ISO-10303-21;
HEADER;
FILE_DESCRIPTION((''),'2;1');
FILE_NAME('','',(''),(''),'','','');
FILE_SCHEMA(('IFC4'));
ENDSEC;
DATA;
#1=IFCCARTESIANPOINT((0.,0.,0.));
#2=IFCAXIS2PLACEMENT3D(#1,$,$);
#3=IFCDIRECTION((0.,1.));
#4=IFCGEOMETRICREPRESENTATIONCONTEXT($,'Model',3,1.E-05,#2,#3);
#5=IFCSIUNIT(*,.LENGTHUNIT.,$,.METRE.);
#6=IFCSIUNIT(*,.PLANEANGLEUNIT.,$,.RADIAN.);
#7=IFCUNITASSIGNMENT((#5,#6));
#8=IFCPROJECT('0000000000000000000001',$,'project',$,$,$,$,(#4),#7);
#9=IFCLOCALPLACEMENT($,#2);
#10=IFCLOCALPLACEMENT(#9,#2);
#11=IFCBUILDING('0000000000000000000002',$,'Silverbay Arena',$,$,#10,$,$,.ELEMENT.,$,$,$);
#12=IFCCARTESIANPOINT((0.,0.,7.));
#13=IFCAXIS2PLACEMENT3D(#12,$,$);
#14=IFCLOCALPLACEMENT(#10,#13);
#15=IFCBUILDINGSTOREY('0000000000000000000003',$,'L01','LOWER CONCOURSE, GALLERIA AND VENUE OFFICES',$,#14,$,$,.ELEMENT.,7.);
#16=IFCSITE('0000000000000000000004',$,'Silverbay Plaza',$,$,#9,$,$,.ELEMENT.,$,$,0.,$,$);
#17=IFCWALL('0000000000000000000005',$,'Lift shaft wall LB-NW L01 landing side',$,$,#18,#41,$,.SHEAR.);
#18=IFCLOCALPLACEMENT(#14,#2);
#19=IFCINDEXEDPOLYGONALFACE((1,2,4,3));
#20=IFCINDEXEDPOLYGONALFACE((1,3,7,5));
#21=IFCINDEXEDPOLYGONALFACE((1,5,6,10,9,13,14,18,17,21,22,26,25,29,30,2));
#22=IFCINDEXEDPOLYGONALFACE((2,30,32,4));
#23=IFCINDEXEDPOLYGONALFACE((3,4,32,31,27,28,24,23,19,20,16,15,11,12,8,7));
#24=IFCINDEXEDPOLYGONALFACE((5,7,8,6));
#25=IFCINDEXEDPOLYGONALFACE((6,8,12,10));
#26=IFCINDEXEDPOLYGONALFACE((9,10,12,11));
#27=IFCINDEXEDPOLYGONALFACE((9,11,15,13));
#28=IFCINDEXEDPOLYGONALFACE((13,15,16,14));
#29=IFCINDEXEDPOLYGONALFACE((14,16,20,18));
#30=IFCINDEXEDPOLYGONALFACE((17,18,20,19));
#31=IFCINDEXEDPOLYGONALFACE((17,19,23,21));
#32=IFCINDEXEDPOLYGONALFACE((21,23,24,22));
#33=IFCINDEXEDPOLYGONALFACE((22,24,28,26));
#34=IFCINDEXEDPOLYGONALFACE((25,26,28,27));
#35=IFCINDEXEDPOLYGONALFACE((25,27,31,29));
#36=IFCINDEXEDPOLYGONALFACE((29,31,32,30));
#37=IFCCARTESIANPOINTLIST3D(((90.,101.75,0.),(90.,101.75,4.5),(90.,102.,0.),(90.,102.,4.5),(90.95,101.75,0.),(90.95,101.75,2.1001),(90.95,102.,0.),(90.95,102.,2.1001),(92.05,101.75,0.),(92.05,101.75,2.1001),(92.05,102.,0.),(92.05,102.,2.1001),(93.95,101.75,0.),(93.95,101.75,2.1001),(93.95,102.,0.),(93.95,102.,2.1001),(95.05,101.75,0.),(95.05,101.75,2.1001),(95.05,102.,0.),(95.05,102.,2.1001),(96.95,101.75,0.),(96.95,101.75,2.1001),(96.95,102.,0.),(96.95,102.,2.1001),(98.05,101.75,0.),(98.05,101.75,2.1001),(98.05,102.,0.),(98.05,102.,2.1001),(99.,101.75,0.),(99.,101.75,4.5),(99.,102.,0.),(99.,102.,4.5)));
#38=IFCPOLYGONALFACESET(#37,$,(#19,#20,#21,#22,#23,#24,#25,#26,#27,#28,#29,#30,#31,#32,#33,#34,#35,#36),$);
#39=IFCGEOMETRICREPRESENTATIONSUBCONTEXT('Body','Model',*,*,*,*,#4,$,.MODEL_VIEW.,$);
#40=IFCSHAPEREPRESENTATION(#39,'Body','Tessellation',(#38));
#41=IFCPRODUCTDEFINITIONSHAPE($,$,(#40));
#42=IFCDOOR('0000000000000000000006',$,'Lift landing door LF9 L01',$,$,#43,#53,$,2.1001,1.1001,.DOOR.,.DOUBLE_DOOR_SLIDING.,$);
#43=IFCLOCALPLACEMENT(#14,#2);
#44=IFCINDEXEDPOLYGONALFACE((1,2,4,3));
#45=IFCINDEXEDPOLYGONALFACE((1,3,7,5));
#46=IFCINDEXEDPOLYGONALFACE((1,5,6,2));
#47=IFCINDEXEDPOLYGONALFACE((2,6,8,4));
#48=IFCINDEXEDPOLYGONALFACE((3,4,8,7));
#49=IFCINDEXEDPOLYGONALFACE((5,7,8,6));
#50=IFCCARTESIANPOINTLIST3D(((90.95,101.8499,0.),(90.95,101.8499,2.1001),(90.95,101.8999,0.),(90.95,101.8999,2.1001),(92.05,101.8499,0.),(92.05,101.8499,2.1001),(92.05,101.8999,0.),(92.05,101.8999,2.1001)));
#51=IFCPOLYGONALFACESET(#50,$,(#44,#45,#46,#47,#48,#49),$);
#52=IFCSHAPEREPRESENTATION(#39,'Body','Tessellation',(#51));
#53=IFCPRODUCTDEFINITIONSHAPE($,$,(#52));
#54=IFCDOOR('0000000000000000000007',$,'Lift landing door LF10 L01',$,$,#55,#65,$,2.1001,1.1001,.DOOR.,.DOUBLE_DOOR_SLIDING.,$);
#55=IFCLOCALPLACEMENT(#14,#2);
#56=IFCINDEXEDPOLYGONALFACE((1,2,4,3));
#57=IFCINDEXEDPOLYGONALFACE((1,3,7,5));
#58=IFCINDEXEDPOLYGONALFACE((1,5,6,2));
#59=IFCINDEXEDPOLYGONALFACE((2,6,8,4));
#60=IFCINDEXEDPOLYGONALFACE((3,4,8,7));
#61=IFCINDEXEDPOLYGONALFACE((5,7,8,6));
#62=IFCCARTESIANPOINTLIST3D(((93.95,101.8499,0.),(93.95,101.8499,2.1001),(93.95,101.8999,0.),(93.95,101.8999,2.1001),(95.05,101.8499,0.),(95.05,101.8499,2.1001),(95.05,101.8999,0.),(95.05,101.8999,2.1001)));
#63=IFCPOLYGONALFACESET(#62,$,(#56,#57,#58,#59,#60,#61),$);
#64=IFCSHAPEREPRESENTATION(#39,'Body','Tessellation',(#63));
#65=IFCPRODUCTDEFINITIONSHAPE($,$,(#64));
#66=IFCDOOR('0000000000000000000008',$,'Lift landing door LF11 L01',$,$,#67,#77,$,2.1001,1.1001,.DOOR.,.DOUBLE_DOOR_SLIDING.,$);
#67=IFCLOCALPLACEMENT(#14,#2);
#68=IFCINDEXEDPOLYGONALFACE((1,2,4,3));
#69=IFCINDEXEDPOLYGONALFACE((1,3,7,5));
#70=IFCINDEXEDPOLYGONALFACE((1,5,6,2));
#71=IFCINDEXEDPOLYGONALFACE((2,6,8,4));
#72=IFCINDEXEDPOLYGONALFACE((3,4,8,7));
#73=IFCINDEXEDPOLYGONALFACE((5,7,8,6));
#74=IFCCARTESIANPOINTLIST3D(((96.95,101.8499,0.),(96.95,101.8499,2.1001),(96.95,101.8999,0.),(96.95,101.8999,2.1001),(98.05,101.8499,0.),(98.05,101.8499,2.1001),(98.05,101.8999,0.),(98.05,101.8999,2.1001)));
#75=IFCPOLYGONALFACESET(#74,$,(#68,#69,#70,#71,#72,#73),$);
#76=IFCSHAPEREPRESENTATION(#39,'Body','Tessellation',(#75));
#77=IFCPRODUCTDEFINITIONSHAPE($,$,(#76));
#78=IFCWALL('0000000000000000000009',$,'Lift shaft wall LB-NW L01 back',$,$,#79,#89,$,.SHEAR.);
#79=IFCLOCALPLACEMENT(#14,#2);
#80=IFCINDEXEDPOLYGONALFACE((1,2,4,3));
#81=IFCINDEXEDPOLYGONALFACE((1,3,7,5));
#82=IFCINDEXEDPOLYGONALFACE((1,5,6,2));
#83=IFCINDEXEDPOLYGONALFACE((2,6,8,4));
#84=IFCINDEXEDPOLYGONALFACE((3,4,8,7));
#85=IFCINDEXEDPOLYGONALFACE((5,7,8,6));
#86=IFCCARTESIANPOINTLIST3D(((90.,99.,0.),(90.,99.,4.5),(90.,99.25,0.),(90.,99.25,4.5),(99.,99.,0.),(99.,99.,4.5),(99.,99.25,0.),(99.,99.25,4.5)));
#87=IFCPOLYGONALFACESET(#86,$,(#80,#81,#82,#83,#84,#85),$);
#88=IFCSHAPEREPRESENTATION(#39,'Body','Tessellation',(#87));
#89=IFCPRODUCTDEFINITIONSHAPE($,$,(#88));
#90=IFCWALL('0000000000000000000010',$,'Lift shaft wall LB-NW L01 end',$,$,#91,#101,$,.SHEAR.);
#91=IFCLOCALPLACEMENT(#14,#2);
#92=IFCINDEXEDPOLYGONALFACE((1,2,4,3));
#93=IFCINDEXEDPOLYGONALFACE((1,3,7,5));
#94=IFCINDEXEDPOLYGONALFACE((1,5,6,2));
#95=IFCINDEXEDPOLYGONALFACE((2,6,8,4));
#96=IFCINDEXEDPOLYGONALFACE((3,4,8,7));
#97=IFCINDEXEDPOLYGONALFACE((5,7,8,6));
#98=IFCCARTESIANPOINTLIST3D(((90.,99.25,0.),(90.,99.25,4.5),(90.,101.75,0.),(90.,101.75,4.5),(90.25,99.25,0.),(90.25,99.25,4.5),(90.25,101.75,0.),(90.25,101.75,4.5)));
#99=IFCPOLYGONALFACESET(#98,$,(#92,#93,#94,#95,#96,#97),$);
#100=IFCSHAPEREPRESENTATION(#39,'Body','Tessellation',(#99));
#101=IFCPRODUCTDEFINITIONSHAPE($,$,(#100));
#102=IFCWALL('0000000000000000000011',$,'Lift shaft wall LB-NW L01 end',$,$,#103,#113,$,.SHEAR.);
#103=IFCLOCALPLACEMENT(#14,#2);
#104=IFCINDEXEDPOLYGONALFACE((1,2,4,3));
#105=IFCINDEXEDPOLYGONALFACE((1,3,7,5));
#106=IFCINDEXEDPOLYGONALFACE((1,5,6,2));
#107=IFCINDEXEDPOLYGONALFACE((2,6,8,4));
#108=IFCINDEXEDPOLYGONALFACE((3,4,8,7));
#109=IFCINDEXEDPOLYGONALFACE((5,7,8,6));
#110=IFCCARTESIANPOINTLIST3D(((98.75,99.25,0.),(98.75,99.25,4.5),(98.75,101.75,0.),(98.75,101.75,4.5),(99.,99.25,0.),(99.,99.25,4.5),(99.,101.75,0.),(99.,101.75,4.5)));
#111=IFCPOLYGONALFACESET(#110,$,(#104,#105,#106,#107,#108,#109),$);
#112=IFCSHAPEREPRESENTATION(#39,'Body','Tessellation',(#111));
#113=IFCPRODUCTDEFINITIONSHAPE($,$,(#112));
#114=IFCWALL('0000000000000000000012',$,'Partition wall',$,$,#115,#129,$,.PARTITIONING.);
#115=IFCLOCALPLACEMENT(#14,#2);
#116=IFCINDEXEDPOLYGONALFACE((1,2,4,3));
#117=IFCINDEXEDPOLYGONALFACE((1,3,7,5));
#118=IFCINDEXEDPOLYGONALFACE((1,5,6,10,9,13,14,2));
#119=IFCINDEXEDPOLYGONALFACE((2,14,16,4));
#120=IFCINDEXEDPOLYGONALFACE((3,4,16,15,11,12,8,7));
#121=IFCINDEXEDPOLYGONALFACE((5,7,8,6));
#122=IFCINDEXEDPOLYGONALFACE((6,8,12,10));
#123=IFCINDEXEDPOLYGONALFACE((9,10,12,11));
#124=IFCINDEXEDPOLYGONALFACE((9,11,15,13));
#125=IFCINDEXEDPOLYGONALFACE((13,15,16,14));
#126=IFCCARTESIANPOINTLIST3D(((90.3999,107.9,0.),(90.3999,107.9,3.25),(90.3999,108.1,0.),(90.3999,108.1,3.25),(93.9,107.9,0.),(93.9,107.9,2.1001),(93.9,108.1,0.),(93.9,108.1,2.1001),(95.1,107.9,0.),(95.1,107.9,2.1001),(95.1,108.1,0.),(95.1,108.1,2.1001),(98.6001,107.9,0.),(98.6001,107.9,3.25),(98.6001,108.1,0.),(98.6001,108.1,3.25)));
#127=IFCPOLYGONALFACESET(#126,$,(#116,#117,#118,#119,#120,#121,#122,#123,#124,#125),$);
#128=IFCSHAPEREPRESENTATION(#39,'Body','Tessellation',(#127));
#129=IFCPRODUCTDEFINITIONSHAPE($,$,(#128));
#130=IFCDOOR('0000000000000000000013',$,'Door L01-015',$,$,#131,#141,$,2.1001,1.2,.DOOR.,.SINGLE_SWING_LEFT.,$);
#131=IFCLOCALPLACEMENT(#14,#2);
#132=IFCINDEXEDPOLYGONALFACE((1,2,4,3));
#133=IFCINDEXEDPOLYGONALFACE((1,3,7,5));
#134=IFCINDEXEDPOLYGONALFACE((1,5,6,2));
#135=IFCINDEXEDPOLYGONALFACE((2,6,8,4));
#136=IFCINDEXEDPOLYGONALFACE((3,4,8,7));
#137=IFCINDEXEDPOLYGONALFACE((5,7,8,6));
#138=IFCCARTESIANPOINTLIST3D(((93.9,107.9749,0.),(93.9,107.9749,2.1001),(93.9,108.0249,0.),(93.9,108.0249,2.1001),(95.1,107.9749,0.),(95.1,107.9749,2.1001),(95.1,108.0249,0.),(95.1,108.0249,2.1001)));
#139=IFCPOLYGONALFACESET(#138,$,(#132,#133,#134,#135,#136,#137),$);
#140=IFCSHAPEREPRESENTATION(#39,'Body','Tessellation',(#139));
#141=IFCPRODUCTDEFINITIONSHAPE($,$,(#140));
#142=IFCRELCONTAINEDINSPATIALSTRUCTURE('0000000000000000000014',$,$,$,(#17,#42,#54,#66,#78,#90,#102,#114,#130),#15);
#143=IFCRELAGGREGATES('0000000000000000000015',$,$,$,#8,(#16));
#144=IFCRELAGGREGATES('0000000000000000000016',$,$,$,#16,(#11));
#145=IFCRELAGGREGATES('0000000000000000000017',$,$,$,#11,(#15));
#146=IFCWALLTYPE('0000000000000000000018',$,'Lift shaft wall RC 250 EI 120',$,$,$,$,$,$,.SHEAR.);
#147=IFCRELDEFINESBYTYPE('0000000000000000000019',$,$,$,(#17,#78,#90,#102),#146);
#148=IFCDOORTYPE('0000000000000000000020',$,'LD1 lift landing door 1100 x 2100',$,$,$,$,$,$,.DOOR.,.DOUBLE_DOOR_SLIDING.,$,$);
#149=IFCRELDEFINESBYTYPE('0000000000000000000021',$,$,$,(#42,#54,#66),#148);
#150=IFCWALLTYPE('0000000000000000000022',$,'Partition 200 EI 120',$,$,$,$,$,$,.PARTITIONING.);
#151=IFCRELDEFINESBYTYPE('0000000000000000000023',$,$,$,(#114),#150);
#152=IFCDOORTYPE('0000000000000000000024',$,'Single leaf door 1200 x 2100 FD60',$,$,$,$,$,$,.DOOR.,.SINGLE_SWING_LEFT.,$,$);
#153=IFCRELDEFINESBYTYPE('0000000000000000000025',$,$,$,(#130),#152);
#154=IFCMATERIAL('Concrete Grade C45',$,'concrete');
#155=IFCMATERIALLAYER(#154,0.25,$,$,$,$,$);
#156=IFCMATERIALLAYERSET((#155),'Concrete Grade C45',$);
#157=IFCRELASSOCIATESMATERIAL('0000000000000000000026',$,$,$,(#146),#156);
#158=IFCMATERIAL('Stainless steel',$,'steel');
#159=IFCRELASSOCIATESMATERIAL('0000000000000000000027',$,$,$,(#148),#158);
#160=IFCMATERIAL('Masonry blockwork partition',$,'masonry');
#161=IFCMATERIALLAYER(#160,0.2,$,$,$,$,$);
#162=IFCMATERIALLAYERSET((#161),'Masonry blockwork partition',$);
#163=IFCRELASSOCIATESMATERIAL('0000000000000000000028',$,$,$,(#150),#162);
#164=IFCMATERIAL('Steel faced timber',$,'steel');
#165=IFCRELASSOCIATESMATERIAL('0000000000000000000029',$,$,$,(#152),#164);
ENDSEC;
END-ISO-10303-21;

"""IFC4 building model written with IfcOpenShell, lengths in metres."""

from ifc_helpers import new_model, si_unit, direction, frame, frame_2d, origin, place, context, subcontext, project, spatial, rectangle, extrude, material, layer, layer_set, type_object, element, fill, save


model = new_model("IFC4")

# Units and contexts
model_context = context("Model", 3, precision=1e-05, world=origin(), true_north=direction((0.0, 1.0)))
body_context = subcontext(model_context, "Body", "Model", "MODEL_VIEW")
ifc_project = project(units=[si_unit("LENGTHUNIT", "METRE"), si_unit("PLANEANGLEUNIT", "RADIAN")], contexts=[model_context])

# Site, building, storey
site_placement = place(None, origin())
site = spatial("IfcSite", under=ifc_project, at=site_placement, Name="Silverbay Plaza", CompositionType="ELEMENT", RefElevation=0.0)
building_placement = place(site_placement, origin())
building = spatial("IfcBuilding", under=site, at=building_placement, Name="Silverbay Arena", CompositionType="ELEMENT")
storey_placement = place(building_placement, frame((0.0, 0.0, 7.0)))
storey = spatial("IfcBuildingStorey", under=building, at=storey_placement, Name="L01", Description="LOWER CONCOURSE, GALLERIA AND VENUE OFFICES", CompositionType="ELEMENT", Elevation=7.0)

# Wall, openings, doors
ifc_material_1 = material(Name="Concrete Grade C45", Category="concrete")
ifc_layer_1 = layer(ifc_material_1, 0.25)
ifc_layer_set_1 = layer_set([ifc_layer_1], Name="Concrete Grade C45")
wall_type_1 = type_object("IfcWallType", Name="Lift shaft wall RC 250 EI 120", PredefinedType="SHEAR", material=ifc_layer_set_1)
wall_1_placement = place(storey_placement, frame((90.0, 101.875, 0.0), z_axis=(0.0, 0.0, 1.0), x_axis=(1.0, 0.0, 0.0)))
wall_1 = element("IfcWall", 1, at=wall_1_placement, inside=storey, type_object=wall_type_1, Name="Lift shaft wall LB-NW L01 landing side", PredefinedType="SHEAR", context=body_context, shape_type="SweptSolid", body=[
    extrude(rectangle(XDim=9.0, YDim=0.25, at=frame_2d((4.5, 0.0))), origin(), (0.0, 0.0, 1.0), 4.5),
])
opening_1_placement = place(wall_1_placement, frame((0.95, 0.0, 0.0)))
opening_1 = element("IfcOpeningElement", 2, at=opening_1_placement, cuts=wall_1, PredefinedType="OPENING", context=body_context, shape_type="SweptSolid", body=[
    extrude(rectangle(XDim=1.1001, YDim=2.1001, at=frame_2d((0.55, 1.05))), frame((0.0, 0.135, 0.0), z_axis=(0.0, -1.0, 0.0), x_axis=(1.0, 0.0, 0.0)), (0.0, 0.0, 1.0), 0.27),
])
opening_2_placement = place(wall_1_placement, frame((3.95, 0.0, 0.0)))
opening_2 = element("IfcOpeningElement", 3, at=opening_2_placement, cuts=wall_1, PredefinedType="OPENING", context=body_context, shape_type="SweptSolid", body=[
    extrude(rectangle(XDim=1.1001, YDim=2.1001, at=frame_2d((0.55, 1.05))), frame((0.0, 0.135, 0.0), z_axis=(0.0, -1.0, 0.0), x_axis=(1.0, 0.0, 0.0)), (0.0, 0.0, 1.0), 0.27),
])
opening_3_placement = place(wall_1_placement, frame((6.95, 0.0, 0.0)))
opening_3 = element("IfcOpeningElement", 4, at=opening_3_placement, cuts=wall_1, PredefinedType="OPENING", context=body_context, shape_type="SweptSolid", body=[
    extrude(rectangle(XDim=1.1001, YDim=2.1001, at=frame_2d((0.55, 1.05))), frame((0.0, 0.135, 0.0), z_axis=(0.0, -1.0, 0.0), x_axis=(1.0, 0.0, 0.0)), (0.0, 0.0, 1.0), 0.27),
])
ifc_material_2 = material(Name="Stainless steel", Category="steel")
door_type_1 = type_object("IfcDoorType", Name="LD1 lift landing door 1100 x 2100", OperationType="DOUBLE_DOOR_SLIDING", PredefinedType="DOOR", material=ifc_material_2)
door_1_placement = place(opening_1_placement, origin())
door_1 = element("IfcDoor", 5, at=door_1_placement, inside=storey, type_object=door_type_1, Name="Lift landing door LF9 L01", OperationType="DOUBLE_DOOR_SLIDING", OverallHeight=2.1001, OverallWidth=1.1001, PredefinedType="DOOR", context=body_context, shape_type="SweptSolid", body=[
    extrude(rectangle(XDim=1.1001, YDim=2.1001, at=frame_2d((0.55, 1.05))), frame((0.0, 0.0249, 0.0), z_axis=(0.0, -1.0, 0.0), x_axis=(1.0, 0.0, 0.0)), (0.0, 0.0, 1.0), 0.05),
])
fill(opening_1, door_1)
door_2_placement = place(opening_2_placement, origin())
door_2 = element("IfcDoor", 6, at=door_2_placement, inside=storey, type_object=door_type_1, Name="Lift landing door LF10 L01", OperationType="DOUBLE_DOOR_SLIDING", OverallHeight=2.1001, OverallWidth=1.1001, PredefinedType="DOOR", context=body_context, shape_type="SweptSolid", body=[
    extrude(rectangle(XDim=1.1001, YDim=2.1001, at=frame_2d((0.55, 1.05))), frame((0.0, 0.0249, 0.0), z_axis=(0.0, -1.0, 0.0), x_axis=(1.0, 0.0, 0.0)), (0.0, 0.0, 1.0), 0.05),
])
fill(opening_2, door_2)
door_3_placement = place(opening_3_placement, origin())
door_3 = element("IfcDoor", 7, at=door_3_placement, inside=storey, type_object=door_type_1, Name="Lift landing door LF11 L01", OperationType="DOUBLE_DOOR_SLIDING", OverallHeight=2.1001, OverallWidth=1.1001, PredefinedType="DOOR", context=body_context, shape_type="SweptSolid", body=[
    extrude(rectangle(XDim=1.1001, YDim=2.1001, at=frame_2d((0.55, 1.05))), frame((0.0, 0.0249, 0.0), z_axis=(0.0, -1.0, 0.0), x_axis=(1.0, 0.0, 0.0)), (0.0, 0.0, 1.0), 0.05),
])
fill(opening_3, door_3)

# Walls
wall_2_placement = place(storey_placement, frame((90.0, 99.125, 0.0), z_axis=(0.0, 0.0, 1.0), x_axis=(1.0, 0.0, 0.0)))
element("IfcWall", 8, at=wall_2_placement, inside=storey, type_object=wall_type_1, Name="Lift shaft wall LB-NW L01 back", PredefinedType="SHEAR", context=body_context, shape_type="SweptSolid", body=[
    extrude(rectangle(XDim=9.0, YDim=0.25, at=frame_2d((4.5, 0.0))), origin(), (0.0, 0.0, 1.0), 4.5),
])
for number, where, z_axis, x_axis, name in (
    (9, (90.125, 99.25, 0.0), (0.0, 0.0, 1.0), (0.0, 1.0, 0.0), "Lift shaft wall LB-NW L01 end"),
    (10, (98.875, 99.25, 0.0), (0.0, 0.0, 1.0), (0.0, 1.0, 0.0), "Lift shaft wall LB-NW L01 end"),
):
    element("IfcWall", number, at=place(storey_placement, frame(where, z_axis=z_axis, x_axis=x_axis)), inside=storey, type_object=wall_type_1, Name=name, PredefinedType="SHEAR", context=body_context, shape_type="SweptSolid", body=[
        extrude(rectangle(XDim=2.5, YDim=0.25, at=frame_2d((1.25, 0.0))), origin(), (0.0, 0.0, 1.0), 4.5),
    ])

# Wall, opening, door
ifc_material_3 = material(Name="Masonry blockwork partition", Category="masonry")
ifc_layer_2 = layer(ifc_material_3, 0.2)
ifc_layer_set_2 = layer_set([ifc_layer_2], Name="Masonry blockwork partition")
wall_type_2 = type_object("IfcWallType", Name="Partition 200 EI 120", PredefinedType="PARTITIONING", material=ifc_layer_set_2)
wall_3_placement = place(storey_placement, frame((90.3999, 108.0, 0.0), z_axis=(0.0, 0.0, 1.0), x_axis=(1.0, 0.0, 0.0)))
wall_3 = element("IfcWall", 11, at=wall_3_placement, inside=storey, type_object=wall_type_2, Name="Partition wall", PredefinedType="PARTITIONING", context=body_context, shape_type="SweptSolid", body=[
    extrude(rectangle(XDim=8.2002, YDim=0.2, at=frame_2d((4.1001, 0.0))), origin(), (0.0, 0.0, 1.0), 3.25),
])
opening_4_placement = place(wall_3_placement, frame((3.5, 0.0, 0.0)))
opening_4 = element("IfcOpeningElement", 12, at=opening_4_placement, cuts=wall_3, PredefinedType="OPENING", context=body_context, shape_type="SweptSolid", body=[
    extrude(rectangle(XDim=1.2, YDim=2.1001, at=frame_2d((0.6001, 1.05))), frame((0.0, 0.1099, 0.0), z_axis=(0.0, -1.0, 0.0), x_axis=(1.0, 0.0, 0.0)), (0.0, 0.0, 1.0), 0.22),
])
ifc_material_4 = material(Name="Steel faced timber", Category="steel")
door_type_2 = type_object("IfcDoorType", Name="Single leaf door 1200 x 2100 FD60", OperationType="SINGLE_SWING_LEFT", PredefinedType="DOOR", material=ifc_material_4)
door_4_placement = place(opening_4_placement, origin())
door_4 = element("IfcDoor", 13, at=door_4_placement, inside=storey, type_object=door_type_2, Name="Door L01-015", OperationType="SINGLE_SWING_LEFT", OverallHeight=2.1001, OverallWidth=1.2, PredefinedType="DOOR", context=body_context, shape_type="SweptSolid", body=[
    extrude(rectangle(XDim=1.2, YDim=2.1001, at=frame_2d((0.6001, 1.05))), frame((0.0, 0.0249, 0.0), z_axis=(0.0, -1.0, 0.0), x_axis=(1.0, 0.0, 0.0)), (0.0, 0.0, 1.0), 0.05),
])
fill(opening_4, door_4)

save(model, "model.ifc")
